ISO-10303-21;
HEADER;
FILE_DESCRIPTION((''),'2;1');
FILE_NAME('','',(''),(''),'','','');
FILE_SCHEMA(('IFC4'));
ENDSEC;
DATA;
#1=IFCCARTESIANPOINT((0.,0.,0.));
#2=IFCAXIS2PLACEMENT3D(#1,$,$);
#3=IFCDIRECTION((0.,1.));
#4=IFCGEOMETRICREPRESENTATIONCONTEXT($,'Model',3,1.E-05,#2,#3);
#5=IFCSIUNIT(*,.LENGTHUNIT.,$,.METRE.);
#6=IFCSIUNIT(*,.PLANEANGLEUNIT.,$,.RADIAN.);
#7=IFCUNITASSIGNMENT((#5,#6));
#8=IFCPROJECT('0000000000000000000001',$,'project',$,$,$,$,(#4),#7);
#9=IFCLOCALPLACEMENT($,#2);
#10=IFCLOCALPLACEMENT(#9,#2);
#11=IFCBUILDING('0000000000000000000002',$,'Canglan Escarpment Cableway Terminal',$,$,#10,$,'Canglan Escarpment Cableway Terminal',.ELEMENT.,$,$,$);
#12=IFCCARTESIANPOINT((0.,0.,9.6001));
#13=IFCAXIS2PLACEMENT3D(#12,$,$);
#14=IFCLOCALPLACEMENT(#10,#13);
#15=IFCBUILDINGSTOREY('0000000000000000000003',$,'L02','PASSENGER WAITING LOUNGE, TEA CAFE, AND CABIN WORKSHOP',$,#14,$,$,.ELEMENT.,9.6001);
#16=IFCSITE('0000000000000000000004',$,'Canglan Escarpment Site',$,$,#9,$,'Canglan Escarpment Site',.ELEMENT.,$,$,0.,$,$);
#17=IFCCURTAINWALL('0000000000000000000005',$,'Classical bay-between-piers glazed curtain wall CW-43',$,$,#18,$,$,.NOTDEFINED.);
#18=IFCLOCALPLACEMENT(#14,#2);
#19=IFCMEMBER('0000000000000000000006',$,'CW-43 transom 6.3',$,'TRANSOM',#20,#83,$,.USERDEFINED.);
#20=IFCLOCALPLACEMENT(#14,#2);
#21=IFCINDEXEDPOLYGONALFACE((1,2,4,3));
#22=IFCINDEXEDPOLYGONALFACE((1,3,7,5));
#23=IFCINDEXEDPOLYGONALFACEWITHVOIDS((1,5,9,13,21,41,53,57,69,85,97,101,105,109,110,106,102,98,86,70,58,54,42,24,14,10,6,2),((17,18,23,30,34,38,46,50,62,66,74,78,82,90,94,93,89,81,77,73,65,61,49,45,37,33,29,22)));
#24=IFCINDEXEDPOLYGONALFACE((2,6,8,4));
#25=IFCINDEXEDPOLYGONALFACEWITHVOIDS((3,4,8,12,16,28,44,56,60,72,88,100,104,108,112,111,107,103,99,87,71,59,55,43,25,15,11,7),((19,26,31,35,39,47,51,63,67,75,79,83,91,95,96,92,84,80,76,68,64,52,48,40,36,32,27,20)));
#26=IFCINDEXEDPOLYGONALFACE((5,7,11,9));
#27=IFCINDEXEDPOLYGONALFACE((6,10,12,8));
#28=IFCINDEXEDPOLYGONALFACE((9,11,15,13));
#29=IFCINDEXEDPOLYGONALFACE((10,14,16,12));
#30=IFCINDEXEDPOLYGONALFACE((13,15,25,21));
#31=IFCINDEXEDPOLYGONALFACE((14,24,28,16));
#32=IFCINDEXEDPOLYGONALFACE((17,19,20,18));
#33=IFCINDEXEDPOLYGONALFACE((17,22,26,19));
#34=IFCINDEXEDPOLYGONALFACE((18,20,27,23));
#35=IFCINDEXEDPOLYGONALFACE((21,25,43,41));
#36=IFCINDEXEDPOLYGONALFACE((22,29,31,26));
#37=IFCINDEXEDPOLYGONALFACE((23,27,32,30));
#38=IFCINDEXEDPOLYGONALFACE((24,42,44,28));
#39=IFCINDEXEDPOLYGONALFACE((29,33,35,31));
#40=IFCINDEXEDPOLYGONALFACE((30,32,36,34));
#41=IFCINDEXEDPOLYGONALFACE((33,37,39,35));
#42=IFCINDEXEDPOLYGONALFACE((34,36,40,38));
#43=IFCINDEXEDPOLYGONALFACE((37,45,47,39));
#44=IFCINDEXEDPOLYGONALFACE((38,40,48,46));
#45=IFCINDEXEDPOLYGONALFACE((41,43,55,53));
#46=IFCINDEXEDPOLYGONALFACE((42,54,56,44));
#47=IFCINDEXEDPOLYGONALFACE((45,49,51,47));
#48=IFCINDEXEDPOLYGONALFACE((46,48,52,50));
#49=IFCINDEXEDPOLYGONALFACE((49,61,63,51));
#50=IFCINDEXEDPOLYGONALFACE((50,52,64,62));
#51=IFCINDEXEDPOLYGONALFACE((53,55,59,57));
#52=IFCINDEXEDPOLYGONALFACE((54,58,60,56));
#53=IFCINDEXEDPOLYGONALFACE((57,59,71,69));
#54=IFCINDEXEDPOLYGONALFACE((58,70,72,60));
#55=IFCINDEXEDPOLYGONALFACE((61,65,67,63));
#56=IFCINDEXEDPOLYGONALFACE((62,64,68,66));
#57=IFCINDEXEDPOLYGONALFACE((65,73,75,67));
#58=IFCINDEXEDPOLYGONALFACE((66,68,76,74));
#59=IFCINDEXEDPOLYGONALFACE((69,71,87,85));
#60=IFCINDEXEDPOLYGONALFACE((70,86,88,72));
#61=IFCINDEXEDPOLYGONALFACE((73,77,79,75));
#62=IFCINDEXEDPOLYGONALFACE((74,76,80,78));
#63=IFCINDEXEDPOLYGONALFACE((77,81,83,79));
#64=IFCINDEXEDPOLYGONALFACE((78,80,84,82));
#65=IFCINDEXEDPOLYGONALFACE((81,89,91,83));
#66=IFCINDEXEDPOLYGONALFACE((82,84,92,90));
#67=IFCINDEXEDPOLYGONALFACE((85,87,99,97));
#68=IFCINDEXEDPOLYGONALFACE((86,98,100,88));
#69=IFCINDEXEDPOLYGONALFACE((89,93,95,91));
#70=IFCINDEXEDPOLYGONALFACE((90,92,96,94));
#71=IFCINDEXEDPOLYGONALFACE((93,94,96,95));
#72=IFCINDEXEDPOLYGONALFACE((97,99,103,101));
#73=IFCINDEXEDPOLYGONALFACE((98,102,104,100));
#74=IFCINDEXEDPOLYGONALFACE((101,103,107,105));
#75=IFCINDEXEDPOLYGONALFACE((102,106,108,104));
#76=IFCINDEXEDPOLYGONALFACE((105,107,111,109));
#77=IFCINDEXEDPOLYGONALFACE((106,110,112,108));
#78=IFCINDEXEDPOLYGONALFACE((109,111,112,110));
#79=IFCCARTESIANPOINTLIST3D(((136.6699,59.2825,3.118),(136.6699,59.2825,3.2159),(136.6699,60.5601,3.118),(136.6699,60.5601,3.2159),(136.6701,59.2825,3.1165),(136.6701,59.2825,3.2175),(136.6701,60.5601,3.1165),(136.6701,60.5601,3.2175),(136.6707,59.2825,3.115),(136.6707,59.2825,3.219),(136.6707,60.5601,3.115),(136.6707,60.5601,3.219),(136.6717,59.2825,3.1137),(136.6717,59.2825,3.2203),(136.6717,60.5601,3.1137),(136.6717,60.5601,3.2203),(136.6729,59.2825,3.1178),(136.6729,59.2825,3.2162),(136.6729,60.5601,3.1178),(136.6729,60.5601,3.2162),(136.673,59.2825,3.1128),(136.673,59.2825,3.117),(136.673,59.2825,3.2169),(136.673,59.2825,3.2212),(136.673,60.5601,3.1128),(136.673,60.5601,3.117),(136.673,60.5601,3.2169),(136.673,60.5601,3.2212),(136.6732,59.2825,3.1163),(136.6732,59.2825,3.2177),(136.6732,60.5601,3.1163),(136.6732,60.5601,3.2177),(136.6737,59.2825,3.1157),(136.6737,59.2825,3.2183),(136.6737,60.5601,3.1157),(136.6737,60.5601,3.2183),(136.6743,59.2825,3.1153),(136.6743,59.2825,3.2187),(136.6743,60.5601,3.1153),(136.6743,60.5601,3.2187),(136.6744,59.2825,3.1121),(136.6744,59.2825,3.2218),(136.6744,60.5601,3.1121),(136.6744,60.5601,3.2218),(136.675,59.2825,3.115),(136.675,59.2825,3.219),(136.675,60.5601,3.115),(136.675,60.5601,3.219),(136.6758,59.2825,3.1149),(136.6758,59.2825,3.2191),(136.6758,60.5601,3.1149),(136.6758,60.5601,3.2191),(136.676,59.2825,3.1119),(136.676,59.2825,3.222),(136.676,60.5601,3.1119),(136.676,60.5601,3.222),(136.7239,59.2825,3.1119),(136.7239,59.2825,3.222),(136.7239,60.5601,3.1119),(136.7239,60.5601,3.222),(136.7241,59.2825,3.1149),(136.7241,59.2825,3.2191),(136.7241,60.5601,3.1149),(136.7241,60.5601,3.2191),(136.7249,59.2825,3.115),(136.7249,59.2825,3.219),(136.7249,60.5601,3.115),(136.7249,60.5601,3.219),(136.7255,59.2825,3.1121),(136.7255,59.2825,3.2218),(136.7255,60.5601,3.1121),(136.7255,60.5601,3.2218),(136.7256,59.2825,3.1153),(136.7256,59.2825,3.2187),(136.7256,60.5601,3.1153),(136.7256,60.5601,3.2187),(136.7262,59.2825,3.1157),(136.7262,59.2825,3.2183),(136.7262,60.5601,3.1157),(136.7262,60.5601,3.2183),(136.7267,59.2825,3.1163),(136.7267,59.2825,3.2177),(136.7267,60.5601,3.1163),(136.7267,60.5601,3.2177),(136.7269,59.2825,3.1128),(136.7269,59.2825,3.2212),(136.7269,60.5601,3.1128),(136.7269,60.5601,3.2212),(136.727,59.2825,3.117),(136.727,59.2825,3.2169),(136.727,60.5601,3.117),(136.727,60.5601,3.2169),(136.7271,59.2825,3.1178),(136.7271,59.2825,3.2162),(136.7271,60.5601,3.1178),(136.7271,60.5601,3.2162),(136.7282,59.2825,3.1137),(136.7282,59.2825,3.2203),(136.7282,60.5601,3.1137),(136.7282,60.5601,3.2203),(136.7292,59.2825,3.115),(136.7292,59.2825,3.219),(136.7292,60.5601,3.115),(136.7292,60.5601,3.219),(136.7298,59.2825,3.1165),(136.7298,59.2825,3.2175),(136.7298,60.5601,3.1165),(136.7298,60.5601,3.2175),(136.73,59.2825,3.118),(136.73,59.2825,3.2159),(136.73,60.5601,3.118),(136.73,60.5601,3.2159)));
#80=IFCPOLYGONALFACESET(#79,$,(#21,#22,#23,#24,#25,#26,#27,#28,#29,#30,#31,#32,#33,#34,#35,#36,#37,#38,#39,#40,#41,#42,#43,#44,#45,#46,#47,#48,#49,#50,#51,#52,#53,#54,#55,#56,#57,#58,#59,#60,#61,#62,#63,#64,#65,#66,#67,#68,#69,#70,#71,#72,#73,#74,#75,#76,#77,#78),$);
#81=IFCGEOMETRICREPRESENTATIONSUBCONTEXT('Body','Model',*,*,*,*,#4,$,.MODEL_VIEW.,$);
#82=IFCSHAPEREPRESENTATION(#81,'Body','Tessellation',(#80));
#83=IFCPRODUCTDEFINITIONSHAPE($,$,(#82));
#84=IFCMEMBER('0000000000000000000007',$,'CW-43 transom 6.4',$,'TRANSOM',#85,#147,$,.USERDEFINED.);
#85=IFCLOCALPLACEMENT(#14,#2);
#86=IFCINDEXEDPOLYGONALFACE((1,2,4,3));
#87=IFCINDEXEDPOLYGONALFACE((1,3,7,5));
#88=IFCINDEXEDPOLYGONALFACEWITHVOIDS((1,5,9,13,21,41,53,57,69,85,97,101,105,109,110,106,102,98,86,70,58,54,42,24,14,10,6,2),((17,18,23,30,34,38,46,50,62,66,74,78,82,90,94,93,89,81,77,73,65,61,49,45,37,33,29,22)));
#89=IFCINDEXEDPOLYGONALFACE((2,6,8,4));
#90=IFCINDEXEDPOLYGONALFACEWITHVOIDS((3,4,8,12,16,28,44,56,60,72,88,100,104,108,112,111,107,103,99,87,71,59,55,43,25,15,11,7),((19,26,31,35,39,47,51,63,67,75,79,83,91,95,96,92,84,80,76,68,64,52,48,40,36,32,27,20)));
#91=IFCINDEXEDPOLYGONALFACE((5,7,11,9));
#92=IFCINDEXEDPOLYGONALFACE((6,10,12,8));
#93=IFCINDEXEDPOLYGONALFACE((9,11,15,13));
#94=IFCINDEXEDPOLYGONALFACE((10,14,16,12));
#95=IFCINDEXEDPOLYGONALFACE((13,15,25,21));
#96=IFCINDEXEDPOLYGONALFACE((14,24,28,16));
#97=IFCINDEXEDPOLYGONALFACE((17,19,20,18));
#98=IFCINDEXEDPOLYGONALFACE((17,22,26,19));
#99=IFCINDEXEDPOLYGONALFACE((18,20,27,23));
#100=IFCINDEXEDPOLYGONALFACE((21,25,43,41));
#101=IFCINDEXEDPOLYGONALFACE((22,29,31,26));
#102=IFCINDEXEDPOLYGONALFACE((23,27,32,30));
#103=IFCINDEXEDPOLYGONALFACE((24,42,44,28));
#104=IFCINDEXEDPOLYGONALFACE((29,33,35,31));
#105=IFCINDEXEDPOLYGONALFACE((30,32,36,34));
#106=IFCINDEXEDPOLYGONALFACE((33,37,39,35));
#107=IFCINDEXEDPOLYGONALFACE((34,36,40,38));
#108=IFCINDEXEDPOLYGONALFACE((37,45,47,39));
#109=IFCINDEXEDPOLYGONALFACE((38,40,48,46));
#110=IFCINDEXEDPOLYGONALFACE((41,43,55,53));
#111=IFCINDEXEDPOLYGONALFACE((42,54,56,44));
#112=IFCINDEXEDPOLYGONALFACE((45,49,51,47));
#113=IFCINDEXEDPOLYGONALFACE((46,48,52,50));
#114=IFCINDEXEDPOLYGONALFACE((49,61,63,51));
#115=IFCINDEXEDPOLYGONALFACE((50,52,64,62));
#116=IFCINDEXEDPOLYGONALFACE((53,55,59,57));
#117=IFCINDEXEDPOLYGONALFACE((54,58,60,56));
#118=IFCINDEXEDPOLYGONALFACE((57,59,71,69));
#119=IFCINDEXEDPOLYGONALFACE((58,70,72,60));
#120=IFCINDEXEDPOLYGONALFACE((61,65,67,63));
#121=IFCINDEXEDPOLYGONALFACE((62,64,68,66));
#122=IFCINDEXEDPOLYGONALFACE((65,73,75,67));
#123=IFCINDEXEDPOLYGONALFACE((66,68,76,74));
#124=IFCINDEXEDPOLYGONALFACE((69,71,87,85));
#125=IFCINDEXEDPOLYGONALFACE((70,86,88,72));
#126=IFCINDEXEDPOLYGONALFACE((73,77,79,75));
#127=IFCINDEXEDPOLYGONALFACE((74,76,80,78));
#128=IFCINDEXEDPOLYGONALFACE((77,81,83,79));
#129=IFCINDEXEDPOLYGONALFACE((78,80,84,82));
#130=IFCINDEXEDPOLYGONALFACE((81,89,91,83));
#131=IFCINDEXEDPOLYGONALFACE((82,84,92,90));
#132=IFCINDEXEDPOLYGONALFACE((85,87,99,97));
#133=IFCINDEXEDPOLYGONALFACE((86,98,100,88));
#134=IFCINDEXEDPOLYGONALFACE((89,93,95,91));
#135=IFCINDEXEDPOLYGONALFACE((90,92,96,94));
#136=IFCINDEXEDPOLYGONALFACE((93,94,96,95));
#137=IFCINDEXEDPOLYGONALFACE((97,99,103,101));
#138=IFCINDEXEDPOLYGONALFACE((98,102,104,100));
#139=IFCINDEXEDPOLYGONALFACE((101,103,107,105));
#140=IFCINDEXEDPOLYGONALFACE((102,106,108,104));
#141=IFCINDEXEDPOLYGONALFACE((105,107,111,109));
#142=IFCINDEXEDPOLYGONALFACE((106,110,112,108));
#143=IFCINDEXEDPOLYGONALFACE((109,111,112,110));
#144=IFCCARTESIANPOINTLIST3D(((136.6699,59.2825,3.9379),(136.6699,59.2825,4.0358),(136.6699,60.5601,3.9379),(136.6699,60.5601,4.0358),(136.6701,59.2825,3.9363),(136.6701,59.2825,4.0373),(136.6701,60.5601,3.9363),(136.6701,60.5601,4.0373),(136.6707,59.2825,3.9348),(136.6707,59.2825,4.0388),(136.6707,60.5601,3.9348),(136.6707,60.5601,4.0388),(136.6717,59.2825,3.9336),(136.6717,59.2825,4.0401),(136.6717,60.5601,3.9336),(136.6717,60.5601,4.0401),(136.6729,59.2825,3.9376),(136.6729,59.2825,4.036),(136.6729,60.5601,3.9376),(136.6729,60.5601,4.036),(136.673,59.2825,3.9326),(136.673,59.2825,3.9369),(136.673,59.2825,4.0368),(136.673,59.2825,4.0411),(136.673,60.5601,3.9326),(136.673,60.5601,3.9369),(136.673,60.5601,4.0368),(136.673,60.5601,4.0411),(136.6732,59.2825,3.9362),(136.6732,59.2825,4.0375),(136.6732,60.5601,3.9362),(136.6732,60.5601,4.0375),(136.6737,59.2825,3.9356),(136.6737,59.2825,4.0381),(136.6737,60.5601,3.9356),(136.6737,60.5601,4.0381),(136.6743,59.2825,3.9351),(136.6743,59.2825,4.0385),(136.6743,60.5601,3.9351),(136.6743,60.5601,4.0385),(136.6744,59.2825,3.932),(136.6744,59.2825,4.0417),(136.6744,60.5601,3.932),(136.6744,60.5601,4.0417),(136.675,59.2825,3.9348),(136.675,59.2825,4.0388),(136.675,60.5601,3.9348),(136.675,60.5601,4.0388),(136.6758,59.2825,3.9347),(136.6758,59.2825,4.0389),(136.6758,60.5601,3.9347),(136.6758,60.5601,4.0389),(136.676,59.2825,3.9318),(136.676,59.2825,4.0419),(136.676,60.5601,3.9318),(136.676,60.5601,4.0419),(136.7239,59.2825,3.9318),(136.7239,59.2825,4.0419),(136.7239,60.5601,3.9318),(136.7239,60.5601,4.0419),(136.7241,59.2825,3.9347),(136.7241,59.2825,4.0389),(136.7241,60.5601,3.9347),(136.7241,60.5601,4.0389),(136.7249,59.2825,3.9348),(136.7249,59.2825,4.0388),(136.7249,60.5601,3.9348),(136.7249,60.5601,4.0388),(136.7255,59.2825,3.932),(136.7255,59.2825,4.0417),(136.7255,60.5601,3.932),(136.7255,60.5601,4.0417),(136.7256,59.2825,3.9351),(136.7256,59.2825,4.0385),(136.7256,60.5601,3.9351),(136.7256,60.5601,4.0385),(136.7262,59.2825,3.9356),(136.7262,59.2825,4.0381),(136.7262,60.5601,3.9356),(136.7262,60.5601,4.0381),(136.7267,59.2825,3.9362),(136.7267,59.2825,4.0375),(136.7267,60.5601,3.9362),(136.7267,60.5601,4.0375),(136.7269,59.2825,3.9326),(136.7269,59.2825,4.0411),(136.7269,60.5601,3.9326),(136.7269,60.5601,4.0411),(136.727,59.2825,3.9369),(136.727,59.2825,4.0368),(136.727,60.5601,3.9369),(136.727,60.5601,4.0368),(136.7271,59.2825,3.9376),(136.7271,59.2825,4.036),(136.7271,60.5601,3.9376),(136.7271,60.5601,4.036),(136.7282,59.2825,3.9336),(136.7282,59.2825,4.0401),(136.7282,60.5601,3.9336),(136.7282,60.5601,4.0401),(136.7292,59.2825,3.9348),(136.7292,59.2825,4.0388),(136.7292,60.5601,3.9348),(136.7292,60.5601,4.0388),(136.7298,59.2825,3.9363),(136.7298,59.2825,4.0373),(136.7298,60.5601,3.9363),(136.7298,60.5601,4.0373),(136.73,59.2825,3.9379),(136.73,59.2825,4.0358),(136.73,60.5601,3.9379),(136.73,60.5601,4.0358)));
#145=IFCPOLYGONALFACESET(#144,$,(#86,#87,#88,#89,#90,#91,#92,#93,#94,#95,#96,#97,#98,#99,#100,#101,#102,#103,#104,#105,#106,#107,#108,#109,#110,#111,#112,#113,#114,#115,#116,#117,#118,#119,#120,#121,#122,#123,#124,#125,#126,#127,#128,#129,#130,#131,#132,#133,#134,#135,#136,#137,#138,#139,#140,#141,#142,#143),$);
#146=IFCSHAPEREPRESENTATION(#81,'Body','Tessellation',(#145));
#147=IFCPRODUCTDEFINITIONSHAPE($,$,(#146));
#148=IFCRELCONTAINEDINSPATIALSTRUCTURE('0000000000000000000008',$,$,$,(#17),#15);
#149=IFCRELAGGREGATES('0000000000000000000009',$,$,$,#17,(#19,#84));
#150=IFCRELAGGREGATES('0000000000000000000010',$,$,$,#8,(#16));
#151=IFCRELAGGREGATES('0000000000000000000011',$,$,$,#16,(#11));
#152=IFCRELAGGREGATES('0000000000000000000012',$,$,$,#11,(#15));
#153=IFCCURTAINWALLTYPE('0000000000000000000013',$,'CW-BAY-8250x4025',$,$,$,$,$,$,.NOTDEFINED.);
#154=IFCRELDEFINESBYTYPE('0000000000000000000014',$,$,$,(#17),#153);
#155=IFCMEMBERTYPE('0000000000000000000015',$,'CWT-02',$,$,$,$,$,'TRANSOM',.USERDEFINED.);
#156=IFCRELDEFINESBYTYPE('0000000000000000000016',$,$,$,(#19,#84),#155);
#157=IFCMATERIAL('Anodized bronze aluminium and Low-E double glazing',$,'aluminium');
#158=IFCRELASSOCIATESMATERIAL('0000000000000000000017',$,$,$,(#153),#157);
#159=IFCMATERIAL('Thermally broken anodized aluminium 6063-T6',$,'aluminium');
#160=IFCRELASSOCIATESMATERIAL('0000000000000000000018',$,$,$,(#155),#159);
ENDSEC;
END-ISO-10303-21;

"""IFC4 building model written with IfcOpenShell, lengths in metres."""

from ifc_helpers import new_model, si_unit, direction, frame, origin, origin_2d, place, context, subcontext, project, spatial, hollow_rectangle, extrude, material, material_profile, profile_set, type_object, element, aggregate, save


model = new_model("IFC4")

# Units and contexts
model_context = context("Model", 3, precision=1e-05, world=origin(), true_north=direction((0.0, 1.0)))
body_context = subcontext(model_context, "Body", "Model", "MODEL_VIEW")
ifc_project = project(units=[si_unit("LENGTHUNIT", "METRE"), si_unit("PLANEANGLEUNIT", "RADIAN")], contexts=[model_context])

# Site, building, storey
site_placement = place(None, origin())
site = spatial("IfcSite", under=ifc_project, at=site_placement, Name="Canglan Escarpment Site", LongName="Canglan Escarpment Site", CompositionType="ELEMENT", RefElevation=0.0)
building_placement = place(site_placement, origin())
building = spatial("IfcBuilding", under=site, at=building_placement, Name="Canglan Escarpment Cableway Terminal", LongName="Canglan Escarpment Cableway Terminal", CompositionType="ELEMENT")
storey_placement = place(building_placement, frame((0.0, 0.0, 9.6001)))
storey = spatial("IfcBuildingStorey", under=building, at=storey_placement, Name="L02", Description="PASSENGER WAITING LOUNGE, TEA CAFE, AND CABIN WORKSHOP", CompositionType="ELEMENT", Elevation=9.6001)

# Curtain wall
ifc_material_1 = material(Name="Anodized bronze aluminium and Low-E double glazing", Category="aluminium")
curtain_wall_type = type_object("IfcCurtainWallType", Name="CW-BAY-8250x4025", PredefinedType="NOTDEFINED", material=ifc_material_1)
curtain_wall_1_placement = place(storey_placement, origin())
curtain_wall_1 = element("IfcCurtainWall", 1, at=curtain_wall_1_placement, inside=storey, type_object=curtain_wall_type, Name="Classical bay-between-piers glazed curtain wall CW-43", PredefinedType="NOTDEFINED")
ifc_material_2 = material(Name="Thermally broken anodized aluminium 6063-T6", Category="aluminium")

# Members
ifc_material_profile_1 = material_profile(ifc_material_2, hollow_rectangle(XDim=0.0601, YDim=0.1101, WallThickness=0.0029, InnerFilletRadius=0.0029, OuterFilletRadius=0.0061, at=origin_2d()), Name="ALU-TRAN 60x110x3")
ifc_profile_set_1 = profile_set([ifc_material_profile_1], Name="Thermally broken anodized aluminium 6063-T6")
member_type_1 = type_object("IfcMemberType", Name="CWT-02", ElementType="TRANSOM", PredefinedType="USERDEFINED", material=ifc_profile_set_1)
member_1_placement = place(storey_placement, frame((136.7, 59.2825, 3.167), z_axis=(0.0, 1.0, 0.0), x_axis=(-1.0, 0.0, 0.0)))
member_1 = element("IfcMember", 2, at=member_1_placement, type_object=member_type_1, Name="CW-43 transom 6.3", ObjectType="TRANSOM", PredefinedType="USERDEFINED", context=body_context, shape_type="SweptSolid", body=[
    extrude(hollow_rectangle(XDim=0.0601, YDim=0.1101, WallThickness=0.0029, InnerFilletRadius=0.0029, OuterFilletRadius=0.0061, at=origin_2d()), origin(), (0.0, 0.0, 1.0), 1.2776),
])
member_2_placement = place(storey_placement, frame((136.7, 59.2825, 3.9868), z_axis=(0.0, 1.0, 0.0), x_axis=(-1.0, 0.0, 0.0)))
member_2 = element("IfcMember", 3, at=member_2_placement, type_object=member_type_1, Name="CW-43 transom 6.4", ObjectType="TRANSOM", PredefinedType="USERDEFINED", context=body_context, shape_type="SweptSolid", body=[
    extrude(hollow_rectangle(XDim=0.0601, YDim=0.1101, WallThickness=0.0029, InnerFilletRadius=0.0029, OuterFilletRadius=0.0061, at=origin_2d()), origin(), (0.0, 0.0, 1.0), 1.2776),
])

aggregate(curtain_wall_1, [member_1, member_2])

save(model, "model.ifc")
